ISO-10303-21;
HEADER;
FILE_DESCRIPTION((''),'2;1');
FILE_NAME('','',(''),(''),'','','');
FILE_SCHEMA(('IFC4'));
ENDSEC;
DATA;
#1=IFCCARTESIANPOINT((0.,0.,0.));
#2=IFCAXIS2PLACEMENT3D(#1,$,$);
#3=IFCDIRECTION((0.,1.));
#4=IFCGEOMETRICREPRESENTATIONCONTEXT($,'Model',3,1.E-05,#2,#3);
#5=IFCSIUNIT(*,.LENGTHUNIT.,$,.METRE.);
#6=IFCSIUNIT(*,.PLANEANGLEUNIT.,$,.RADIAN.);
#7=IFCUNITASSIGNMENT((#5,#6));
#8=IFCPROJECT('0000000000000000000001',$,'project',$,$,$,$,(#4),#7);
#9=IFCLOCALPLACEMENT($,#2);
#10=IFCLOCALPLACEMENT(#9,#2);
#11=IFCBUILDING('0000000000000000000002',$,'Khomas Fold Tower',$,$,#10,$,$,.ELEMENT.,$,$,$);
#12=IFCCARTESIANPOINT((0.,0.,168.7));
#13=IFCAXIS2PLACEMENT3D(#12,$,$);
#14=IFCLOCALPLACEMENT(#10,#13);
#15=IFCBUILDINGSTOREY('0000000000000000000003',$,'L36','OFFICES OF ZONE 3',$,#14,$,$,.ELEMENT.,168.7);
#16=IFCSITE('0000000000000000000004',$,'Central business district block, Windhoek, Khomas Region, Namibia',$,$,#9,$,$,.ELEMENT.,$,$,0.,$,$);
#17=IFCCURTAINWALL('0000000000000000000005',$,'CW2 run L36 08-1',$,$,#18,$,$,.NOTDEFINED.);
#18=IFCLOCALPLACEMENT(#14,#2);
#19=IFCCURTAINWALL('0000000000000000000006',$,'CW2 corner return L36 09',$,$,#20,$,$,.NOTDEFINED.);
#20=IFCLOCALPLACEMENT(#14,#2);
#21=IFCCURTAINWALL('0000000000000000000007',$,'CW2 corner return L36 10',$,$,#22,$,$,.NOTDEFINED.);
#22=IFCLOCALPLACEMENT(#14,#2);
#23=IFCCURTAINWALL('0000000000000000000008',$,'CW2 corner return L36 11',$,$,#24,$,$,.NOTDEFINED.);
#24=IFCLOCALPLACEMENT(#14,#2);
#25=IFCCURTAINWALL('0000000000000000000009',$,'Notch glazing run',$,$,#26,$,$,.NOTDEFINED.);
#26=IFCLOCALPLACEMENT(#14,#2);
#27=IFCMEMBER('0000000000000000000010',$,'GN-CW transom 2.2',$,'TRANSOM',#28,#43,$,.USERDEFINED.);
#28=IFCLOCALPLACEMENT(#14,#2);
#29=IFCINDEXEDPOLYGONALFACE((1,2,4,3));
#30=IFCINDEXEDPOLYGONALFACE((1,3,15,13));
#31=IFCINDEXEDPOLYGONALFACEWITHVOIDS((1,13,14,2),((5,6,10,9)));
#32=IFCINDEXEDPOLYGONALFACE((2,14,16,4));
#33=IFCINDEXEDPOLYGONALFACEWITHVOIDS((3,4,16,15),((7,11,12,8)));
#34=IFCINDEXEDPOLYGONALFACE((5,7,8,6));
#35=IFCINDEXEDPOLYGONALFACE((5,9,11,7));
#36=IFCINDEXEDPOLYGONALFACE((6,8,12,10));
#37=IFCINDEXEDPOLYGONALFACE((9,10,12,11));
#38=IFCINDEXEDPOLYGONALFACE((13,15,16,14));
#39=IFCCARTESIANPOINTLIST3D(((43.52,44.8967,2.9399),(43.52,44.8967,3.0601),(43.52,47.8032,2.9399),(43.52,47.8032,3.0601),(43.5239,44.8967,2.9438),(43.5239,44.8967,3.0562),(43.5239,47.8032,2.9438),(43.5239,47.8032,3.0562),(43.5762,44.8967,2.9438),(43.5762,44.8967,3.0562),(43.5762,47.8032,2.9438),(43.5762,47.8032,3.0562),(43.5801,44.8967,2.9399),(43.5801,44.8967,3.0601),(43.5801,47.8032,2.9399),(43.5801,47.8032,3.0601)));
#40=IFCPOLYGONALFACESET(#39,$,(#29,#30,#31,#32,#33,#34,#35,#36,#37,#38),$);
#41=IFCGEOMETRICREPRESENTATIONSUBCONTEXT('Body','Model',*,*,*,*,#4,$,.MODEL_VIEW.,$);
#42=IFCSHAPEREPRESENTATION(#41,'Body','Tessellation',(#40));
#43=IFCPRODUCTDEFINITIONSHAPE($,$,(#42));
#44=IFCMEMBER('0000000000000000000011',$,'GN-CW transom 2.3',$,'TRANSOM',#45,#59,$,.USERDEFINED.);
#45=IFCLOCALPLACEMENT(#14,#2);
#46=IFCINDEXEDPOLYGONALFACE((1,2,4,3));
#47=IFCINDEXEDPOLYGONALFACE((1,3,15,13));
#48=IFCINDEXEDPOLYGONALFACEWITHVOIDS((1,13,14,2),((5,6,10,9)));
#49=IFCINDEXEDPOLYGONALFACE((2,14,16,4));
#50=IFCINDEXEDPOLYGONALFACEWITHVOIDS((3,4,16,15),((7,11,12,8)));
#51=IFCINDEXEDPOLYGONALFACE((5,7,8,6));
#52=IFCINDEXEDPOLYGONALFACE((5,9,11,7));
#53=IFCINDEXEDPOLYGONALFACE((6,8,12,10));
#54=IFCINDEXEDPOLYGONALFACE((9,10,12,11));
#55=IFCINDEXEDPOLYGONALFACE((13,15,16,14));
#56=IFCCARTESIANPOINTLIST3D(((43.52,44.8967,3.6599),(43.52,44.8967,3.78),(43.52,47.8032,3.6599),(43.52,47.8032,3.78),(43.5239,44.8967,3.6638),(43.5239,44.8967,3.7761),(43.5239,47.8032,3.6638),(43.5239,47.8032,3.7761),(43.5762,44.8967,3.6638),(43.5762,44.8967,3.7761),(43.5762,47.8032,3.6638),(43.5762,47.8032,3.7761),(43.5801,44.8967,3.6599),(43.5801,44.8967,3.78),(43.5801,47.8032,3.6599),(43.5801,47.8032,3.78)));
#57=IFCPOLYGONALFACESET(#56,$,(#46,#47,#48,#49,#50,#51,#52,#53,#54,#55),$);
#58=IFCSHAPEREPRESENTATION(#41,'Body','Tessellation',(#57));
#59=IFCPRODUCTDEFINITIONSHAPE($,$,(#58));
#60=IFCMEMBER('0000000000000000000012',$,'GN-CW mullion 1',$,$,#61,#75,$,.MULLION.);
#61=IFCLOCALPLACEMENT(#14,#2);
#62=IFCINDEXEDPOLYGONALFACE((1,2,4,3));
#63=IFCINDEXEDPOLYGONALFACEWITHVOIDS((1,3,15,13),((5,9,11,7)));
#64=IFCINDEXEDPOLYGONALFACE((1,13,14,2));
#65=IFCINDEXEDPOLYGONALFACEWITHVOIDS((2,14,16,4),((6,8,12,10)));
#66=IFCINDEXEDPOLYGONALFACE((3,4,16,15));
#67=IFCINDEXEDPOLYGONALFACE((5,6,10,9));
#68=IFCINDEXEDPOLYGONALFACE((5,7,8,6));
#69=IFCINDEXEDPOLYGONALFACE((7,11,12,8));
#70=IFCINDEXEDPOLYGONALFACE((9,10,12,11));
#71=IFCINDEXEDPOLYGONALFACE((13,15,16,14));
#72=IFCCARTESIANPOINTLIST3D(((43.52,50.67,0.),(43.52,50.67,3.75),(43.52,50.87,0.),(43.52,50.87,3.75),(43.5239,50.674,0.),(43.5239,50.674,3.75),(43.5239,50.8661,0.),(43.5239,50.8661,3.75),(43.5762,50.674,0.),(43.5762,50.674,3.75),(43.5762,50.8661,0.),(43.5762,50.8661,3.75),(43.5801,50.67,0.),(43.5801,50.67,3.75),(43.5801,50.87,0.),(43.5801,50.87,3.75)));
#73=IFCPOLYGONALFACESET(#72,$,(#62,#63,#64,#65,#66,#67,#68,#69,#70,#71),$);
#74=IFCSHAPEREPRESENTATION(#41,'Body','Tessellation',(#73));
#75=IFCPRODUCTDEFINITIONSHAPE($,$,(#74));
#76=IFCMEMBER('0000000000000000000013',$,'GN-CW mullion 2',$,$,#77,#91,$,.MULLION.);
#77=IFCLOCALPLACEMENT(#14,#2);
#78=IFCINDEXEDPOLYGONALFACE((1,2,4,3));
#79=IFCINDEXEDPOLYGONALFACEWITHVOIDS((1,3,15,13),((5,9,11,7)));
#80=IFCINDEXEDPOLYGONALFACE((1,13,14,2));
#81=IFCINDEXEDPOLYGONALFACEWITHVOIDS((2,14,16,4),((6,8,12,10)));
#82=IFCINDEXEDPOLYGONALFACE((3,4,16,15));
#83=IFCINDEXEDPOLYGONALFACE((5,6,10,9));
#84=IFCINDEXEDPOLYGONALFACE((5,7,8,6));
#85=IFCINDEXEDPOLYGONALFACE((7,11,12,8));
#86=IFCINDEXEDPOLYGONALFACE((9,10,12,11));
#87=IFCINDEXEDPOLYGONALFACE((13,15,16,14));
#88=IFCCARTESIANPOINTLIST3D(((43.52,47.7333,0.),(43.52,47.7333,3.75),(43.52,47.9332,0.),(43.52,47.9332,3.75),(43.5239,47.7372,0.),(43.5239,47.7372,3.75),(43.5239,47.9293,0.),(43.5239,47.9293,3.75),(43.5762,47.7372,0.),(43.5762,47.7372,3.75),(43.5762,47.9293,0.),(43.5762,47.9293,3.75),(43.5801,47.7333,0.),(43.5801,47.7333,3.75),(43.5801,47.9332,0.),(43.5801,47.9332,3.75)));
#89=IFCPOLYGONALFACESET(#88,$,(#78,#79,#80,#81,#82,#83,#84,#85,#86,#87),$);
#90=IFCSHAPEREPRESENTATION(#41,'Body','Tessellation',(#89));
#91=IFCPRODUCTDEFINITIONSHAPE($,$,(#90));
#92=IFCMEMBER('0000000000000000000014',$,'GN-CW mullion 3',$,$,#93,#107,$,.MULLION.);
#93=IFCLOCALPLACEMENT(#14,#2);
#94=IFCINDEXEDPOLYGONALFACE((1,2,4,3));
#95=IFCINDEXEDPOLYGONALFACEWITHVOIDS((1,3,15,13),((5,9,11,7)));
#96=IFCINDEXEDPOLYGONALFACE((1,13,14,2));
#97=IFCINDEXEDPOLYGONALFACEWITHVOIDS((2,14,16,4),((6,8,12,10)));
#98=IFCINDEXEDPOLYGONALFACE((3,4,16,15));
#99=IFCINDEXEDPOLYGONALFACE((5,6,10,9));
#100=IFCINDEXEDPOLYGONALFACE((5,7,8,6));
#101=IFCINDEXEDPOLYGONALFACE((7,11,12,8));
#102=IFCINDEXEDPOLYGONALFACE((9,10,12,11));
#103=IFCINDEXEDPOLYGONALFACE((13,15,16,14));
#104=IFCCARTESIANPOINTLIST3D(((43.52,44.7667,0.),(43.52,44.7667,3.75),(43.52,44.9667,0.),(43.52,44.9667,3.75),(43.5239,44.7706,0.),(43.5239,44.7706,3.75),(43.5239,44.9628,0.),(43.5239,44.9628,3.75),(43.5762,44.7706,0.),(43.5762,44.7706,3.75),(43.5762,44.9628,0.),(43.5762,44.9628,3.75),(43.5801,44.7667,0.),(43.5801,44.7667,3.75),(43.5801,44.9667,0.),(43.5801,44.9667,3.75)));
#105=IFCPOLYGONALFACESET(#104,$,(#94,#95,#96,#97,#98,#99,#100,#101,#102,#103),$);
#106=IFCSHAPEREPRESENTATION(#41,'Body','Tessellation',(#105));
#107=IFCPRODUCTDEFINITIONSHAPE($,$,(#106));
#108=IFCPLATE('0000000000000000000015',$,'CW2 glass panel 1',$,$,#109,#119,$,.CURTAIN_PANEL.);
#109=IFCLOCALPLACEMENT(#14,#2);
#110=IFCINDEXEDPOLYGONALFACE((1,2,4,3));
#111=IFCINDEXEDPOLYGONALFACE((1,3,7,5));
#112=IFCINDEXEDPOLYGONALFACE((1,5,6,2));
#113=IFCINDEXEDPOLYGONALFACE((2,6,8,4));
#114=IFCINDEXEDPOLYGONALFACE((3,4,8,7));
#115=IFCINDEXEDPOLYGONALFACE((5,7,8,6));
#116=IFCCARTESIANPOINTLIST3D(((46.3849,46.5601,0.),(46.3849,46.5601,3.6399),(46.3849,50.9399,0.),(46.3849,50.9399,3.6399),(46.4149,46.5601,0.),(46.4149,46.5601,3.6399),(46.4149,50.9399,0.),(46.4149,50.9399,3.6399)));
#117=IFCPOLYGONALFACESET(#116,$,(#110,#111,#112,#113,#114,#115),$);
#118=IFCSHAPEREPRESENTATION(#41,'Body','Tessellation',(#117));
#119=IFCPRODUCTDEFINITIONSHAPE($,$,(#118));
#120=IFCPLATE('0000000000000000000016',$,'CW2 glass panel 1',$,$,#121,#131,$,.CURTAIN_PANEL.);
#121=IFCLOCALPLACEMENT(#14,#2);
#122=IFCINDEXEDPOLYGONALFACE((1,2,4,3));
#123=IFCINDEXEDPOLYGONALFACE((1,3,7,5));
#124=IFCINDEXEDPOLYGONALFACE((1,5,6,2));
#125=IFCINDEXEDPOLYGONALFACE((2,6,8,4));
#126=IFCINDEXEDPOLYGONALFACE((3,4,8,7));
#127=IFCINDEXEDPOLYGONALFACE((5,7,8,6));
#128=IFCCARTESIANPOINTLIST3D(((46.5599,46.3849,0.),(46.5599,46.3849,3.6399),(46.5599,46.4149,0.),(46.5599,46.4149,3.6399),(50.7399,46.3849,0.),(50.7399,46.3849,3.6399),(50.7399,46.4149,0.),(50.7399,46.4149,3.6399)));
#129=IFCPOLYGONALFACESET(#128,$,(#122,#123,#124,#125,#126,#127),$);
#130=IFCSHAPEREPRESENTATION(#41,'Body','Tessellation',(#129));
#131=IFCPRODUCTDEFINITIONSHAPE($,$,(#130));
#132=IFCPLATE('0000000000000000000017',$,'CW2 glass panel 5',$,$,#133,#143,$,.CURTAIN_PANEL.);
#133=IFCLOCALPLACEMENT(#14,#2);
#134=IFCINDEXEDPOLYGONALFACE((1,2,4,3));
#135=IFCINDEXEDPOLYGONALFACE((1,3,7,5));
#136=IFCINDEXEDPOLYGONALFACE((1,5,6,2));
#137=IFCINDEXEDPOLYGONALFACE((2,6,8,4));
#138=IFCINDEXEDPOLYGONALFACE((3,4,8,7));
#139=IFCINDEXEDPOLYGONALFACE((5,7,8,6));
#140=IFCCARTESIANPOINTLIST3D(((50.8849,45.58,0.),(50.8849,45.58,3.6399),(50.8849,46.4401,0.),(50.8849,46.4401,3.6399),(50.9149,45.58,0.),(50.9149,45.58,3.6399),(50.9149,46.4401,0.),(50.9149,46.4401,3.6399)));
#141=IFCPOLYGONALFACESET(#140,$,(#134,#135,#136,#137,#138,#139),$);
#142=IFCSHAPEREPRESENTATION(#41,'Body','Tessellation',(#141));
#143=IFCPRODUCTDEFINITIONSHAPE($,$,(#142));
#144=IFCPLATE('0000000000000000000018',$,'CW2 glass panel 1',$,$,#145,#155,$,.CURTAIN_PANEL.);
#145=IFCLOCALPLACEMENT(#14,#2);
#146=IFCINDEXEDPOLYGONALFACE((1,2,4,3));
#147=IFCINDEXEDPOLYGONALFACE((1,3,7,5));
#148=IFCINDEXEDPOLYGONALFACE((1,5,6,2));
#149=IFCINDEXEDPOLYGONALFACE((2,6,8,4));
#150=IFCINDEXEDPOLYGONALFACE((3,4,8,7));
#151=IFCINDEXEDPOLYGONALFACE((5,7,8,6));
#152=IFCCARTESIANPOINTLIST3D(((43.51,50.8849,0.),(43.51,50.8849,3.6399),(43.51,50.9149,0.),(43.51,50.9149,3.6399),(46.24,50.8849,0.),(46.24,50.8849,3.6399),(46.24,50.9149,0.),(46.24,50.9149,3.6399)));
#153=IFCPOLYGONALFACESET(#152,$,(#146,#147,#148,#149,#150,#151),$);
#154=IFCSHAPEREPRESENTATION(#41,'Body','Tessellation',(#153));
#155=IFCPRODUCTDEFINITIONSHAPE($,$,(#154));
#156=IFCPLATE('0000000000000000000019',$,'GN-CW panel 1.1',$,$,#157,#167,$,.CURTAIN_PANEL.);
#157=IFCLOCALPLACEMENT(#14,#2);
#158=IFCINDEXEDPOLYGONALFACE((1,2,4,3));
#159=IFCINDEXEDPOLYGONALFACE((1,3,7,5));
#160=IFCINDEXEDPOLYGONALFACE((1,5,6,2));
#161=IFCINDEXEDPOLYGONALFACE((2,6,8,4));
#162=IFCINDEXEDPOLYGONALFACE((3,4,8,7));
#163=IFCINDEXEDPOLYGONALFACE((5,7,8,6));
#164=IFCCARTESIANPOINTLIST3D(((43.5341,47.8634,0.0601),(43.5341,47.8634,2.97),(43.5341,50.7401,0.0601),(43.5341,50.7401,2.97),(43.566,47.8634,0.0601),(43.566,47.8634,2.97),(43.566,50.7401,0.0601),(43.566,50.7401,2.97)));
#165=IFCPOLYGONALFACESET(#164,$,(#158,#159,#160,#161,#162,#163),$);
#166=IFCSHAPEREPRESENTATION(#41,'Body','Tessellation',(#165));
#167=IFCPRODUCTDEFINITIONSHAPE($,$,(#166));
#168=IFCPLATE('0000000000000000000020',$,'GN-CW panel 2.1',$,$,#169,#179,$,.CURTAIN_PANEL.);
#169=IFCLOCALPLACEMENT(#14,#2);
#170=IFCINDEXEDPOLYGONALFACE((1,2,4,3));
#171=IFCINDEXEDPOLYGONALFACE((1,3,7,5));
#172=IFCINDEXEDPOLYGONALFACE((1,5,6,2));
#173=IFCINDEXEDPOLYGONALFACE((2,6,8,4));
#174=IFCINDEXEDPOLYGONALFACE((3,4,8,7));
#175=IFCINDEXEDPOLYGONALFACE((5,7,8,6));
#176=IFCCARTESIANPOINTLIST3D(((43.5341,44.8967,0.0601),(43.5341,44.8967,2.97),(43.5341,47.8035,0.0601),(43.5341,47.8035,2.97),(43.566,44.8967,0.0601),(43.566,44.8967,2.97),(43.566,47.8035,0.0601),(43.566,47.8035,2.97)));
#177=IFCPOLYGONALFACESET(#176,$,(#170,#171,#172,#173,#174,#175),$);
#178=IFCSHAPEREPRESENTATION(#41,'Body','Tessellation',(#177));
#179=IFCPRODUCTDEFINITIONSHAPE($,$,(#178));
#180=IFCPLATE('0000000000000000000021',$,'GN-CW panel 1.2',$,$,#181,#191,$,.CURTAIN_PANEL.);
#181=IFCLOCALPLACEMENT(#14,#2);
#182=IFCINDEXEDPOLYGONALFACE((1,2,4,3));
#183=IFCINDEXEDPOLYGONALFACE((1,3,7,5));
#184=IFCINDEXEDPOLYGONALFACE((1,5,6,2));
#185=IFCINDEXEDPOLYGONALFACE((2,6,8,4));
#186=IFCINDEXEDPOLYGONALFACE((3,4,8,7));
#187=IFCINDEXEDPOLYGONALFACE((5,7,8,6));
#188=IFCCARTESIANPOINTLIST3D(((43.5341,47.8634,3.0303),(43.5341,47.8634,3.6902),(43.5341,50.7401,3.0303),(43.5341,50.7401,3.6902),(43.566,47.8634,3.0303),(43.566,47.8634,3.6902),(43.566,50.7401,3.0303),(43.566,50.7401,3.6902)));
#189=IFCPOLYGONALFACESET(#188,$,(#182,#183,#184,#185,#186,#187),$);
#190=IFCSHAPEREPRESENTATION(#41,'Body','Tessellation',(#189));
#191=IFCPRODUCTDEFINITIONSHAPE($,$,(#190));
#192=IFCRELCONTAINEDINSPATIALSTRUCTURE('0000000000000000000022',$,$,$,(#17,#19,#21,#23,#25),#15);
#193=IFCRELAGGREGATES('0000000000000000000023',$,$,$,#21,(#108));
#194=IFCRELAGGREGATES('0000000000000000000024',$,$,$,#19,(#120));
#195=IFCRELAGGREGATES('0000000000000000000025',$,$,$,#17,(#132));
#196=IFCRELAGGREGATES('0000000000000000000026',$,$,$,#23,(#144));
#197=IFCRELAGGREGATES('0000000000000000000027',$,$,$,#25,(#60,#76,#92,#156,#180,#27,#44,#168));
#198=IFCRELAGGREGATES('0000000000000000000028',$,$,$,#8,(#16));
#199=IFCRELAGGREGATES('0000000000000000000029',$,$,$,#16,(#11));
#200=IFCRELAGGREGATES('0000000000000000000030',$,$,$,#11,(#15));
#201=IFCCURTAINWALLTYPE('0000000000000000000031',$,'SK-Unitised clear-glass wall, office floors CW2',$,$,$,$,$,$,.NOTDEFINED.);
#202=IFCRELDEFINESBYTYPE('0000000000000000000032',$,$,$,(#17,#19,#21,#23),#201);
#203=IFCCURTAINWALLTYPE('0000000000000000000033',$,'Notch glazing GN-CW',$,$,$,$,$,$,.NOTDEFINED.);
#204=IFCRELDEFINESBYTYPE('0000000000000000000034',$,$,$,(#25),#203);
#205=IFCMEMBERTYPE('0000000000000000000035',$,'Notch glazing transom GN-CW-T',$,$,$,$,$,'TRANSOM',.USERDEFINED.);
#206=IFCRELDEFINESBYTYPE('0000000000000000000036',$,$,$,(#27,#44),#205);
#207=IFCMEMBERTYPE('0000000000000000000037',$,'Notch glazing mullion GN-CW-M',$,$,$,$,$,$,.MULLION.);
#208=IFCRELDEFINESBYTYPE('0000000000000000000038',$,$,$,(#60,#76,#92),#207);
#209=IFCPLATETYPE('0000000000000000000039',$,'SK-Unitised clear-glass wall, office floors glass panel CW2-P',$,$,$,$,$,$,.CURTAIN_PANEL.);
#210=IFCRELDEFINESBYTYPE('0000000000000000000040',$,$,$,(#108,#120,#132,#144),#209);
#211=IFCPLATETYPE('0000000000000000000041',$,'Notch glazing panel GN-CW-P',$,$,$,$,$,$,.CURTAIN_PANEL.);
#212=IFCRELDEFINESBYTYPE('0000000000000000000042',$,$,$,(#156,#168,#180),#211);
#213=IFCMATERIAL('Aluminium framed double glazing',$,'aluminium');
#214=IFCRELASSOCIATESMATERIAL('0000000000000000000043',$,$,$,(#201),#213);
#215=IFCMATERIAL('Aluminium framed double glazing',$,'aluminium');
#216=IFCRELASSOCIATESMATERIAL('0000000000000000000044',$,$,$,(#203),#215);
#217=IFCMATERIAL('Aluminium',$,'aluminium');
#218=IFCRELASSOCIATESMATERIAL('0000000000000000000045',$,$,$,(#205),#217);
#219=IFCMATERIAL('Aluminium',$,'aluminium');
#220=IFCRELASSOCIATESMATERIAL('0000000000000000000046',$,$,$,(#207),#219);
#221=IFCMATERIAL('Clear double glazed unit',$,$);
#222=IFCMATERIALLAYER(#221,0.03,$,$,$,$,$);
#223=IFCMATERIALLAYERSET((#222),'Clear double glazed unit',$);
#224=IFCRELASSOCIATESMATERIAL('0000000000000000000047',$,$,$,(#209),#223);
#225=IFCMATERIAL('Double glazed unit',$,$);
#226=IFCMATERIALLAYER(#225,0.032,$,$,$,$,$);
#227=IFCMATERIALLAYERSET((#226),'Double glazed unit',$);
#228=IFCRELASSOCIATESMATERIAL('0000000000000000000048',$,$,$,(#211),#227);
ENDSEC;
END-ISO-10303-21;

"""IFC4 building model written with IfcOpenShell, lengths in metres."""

from ifc_helpers import new_model, si_unit, direction, frame, origin, origin_2d, place, context, subcontext, project, spatial, rectangle, hollow_rectangle, extrude, source, transform, mapped, material, layer, layer_set, material_profile, profile_set, type_object, element, aggregate, save


model = new_model("IFC4")

# Units and contexts
model_context = context("Model", 3, precision=1e-05, world=origin(), true_north=direction((0.0, 1.0)))
body_context = subcontext(model_context, "Body", "Model", "MODEL_VIEW")
ifc_project = project(units=[si_unit("LENGTHUNIT", "METRE"), si_unit("PLANEANGLEUNIT", "RADIAN")], contexts=[model_context])

# Site, building, storey
site_placement = place(None, origin())
site = spatial("IfcSite", under=ifc_project, at=site_placement, Name="Central business district block, Windhoek, Khomas Region, Namibia", CompositionType="ELEMENT", RefElevation=0.0)
building_placement = place(site_placement, origin())
building = spatial("IfcBuilding", under=site, at=building_placement, Name="Khomas Fold Tower", CompositionType="ELEMENT")
storey_placement = place(building_placement, frame((0.0, 0.0, 168.7)))
storey = spatial("IfcBuildingStorey", under=building, at=storey_placement, Name="L36", Description="OFFICES OF ZONE 3", CompositionType="ELEMENT", Elevation=168.7)

# Curtain walls
ifc_material_1 = material(Name="Aluminium framed double glazing", Category="aluminium")
curtain_wall_type_1 = type_object("IfcCurtainWallType", Name="SK-Unitised clear-glass wall, office floors CW2", PredefinedType="NOTDEFINED", material=ifc_material_1)
curtain_wall_1_placement = place(storey_placement, origin())
curtain_wall_1 = element("IfcCurtainWall", 1, at=curtain_wall_1_placement, inside=storey, type_object=curtain_wall_type_1, Name="CW2 run L36 08-1", PredefinedType="NOTDEFINED")
curtain_wall_2_placement = place(storey_placement, origin())
curtain_wall_2 = element("IfcCurtainWall", 2, at=curtain_wall_2_placement, inside=storey, type_object=curtain_wall_type_1, Name="CW2 corner return L36 09", PredefinedType="NOTDEFINED")
curtain_wall_3_placement = place(storey_placement, origin())
curtain_wall_3 = element("IfcCurtainWall", 3, at=curtain_wall_3_placement, inside=storey, type_object=curtain_wall_type_1, Name="CW2 corner return L36 10", PredefinedType="NOTDEFINED")

# Curtain wall
curtain_wall_4_placement = place(storey_placement, origin())
curtain_wall_4 = element("IfcCurtainWall", 4, at=curtain_wall_4_placement, inside=storey, type_object=curtain_wall_type_1, Name="CW2 corner return L36 11", PredefinedType="NOTDEFINED")

# Curtain wall, members
ifc_material_2 = material(Name="Aluminium framed double glazing", Category="aluminium")
curtain_wall_type_2 = type_object("IfcCurtainWallType", Name="Notch glazing GN-CW", PredefinedType="NOTDEFINED", material=ifc_material_2)
curtain_wall_5_placement = place(storey_placement, origin())
curtain_wall_5 = element("IfcCurtainWall", 5, at=curtain_wall_5_placement, inside=storey, type_object=curtain_wall_type_2, Name="Notch glazing run", PredefinedType="NOTDEFINED")
ifc_material_3 = material(Name="Aluminium", Category="aluminium")
ifc_material_profile_1 = material_profile(ifc_material_3, hollow_rectangle(XDim=0.0601, YDim=0.1201, WallThickness=0.0039, at=origin_2d()), Name="Notch glazing transom GN-CW-T")
ifc_profile_set_1 = profile_set([ifc_material_profile_1], Name="Aluminium")
member_type_1 = type_object("IfcMemberType", Name="Notch glazing transom GN-CW-T", ElementType="TRANSOM", PredefinedType="USERDEFINED", material=ifc_profile_set_1)
shared_shape_1 = source(origin(), body_context, "Body", "SweptSolid", [
    extrude(hollow_rectangle(XDim=0.0601, YDim=0.1201, WallThickness=0.0039, at=origin_2d()), origin(), (0.0, 0.0, 1.0), 2.9065),
])
member_1_placement = place(storey_placement, frame((43.55, 47.8032, 3.0), z_axis=(0.0, -1.0, 0.0), x_axis=(1.0, 0.0, 0.0)))
member_1 = element("IfcMember", 6, at=member_1_placement, type_object=member_type_1, Name="GN-CW transom 2.2", ObjectType="TRANSOM", PredefinedType="USERDEFINED", context=body_context, shape_type="MappedRepresentation", body=[
    mapped(shared_shape_1, transform((0.0, 0.0, 0.0))),
])
member_2_placement = place(storey_placement, frame((43.55, 47.8032, 3.72), z_axis=(0.0, -1.0, 0.0), x_axis=(1.0, 0.0, 0.0)))
member_2 = element("IfcMember", 7, at=member_2_placement, type_object=member_type_1, Name="GN-CW transom 2.3", ObjectType="TRANSOM", PredefinedType="USERDEFINED", context=body_context, shape_type="MappedRepresentation", body=[
    mapped(shared_shape_1, transform((0.0, 0.0, 0.0))),
])
ifc_material_4 = material(Name="Aluminium", Category="aluminium")
ifc_material_profile_2 = material_profile(ifc_material_4, hollow_rectangle(XDim=0.0601, YDim=0.2, WallThickness=0.0039, at=origin_2d()), Name="Notch glazing mullion GN-CW-M")
ifc_profile_set_2 = profile_set([ifc_material_profile_2], Name="Aluminium")
member_type_2 = type_object("IfcMemberType", Name="Notch glazing mullion GN-CW-M", PredefinedType="MULLION", material=ifc_profile_set_2)
shared_shape_2 = source(origin(), body_context, "Body", "SweptSolid", [
    extrude(hollow_rectangle(XDim=0.0601, YDim=0.2, WallThickness=0.0039, at=origin_2d()), origin(), (0.0, 0.0, 1.0), 3.75),
])
member_3_placement = place(storey_placement, frame((43.55, 50.77, 0.0), z_axis=(0.0, 0.0, 1.0), x_axis=(1.0, 0.0, 0.0)))
member_3 = element("IfcMember", 8, at=member_3_placement, type_object=member_type_2, Name="GN-CW mullion 1", PredefinedType="MULLION", context=body_context, shape_type="MappedRepresentation", body=[
    mapped(shared_shape_2, transform((0.0, 0.0, 0.0))),
])
member_4_placement = place(storey_placement, frame((43.55, 47.8333, 0.0), z_axis=(0.0, 0.0, 1.0), x_axis=(1.0, 0.0, 0.0)))
member_4 = element("IfcMember", 9, at=member_4_placement, type_object=member_type_2, Name="GN-CW mullion 2", PredefinedType="MULLION", context=body_context, shape_type="MappedRepresentation", body=[
    mapped(shared_shape_2, transform((0.0, 0.0, 0.0))),
])
member_5_placement = place(storey_placement, frame((43.55, 44.8667, 0.0), z_axis=(0.0, 0.0, 1.0), x_axis=(1.0, 0.0, 0.0)))
member_5 = element("IfcMember", 10, at=member_5_placement, type_object=member_type_2, Name="GN-CW mullion 3", PredefinedType="MULLION", context=body_context, shape_type="MappedRepresentation", body=[
    mapped(shared_shape_2, transform((0.0, 0.0, 0.0))),
])

# Plates
ifc_material_5 = material(Name="Clear double glazed unit")
ifc_layer_1 = layer(ifc_material_5, 0.03)
ifc_layer_set_1 = layer_set([ifc_layer_1], Name="Clear double glazed unit")
plate_type_1 = type_object("IfcPlateType", Name="SK-Unitised clear-glass wall, office floors glass panel CW2-P", PredefinedType="CURTAIN_PANEL", material=ifc_layer_set_1)
shared_shape_3 = source(origin(), body_context, "Body", "SweptSolid", [
    extrude(rectangle(XDim=4.3799, YDim=0.03, at=origin_2d()), origin(), (0.0, 0.0, 1.0), 3.6399),
])
plate_1_placement = place(storey_placement, frame((46.3999, 48.75, 0.0), z_axis=(0.0, 0.0, 1.0), x_axis=(0.0, 1.0, 0.0)))
plate_1 = element("IfcPlate", 11, at=plate_1_placement, type_object=plate_type_1, Name="CW2 glass panel 1", PredefinedType="CURTAIN_PANEL", context=body_context, shape_type="MappedRepresentation", body=[
    mapped(shared_shape_3, transform((0.0, 0.0, 0.0))),
])
aggregate(curtain_wall_3, [plate_1])
shared_shape_4 = source(origin(), body_context, "Body", "SweptSolid", [
    extrude(rectangle(XDim=4.1799, YDim=0.03, at=origin_2d()), origin(), (0.0, 0.0, 1.0), 3.6399),
])
plate_2_placement = place(storey_placement, frame((48.6499, 46.3999, 0.0), z_axis=(0.0, 0.0, 1.0), x_axis=(-1.0, 0.0, 0.0)))
plate_2 = element("IfcPlate", 12, at=plate_2_placement, type_object=plate_type_1, Name="CW2 glass panel 1", PredefinedType="CURTAIN_PANEL", context=body_context, shape_type="MappedRepresentation", body=[
    mapped(shared_shape_4, transform((0.0, 0.0, 0.0))),
])
aggregate(curtain_wall_2, [plate_2])
shared_shape_5 = source(origin(), body_context, "Body", "SweptSolid", [
    extrude(rectangle(XDim=0.8601, YDim=0.03, at=origin_2d()), origin(), (0.0, 0.0, 1.0), 3.6399),
])
plate_3_placement = place(storey_placement, frame((50.8999, 46.01, 0.0), z_axis=(0.0, 0.0, 1.0), x_axis=(0.0, 1.0, 0.0)))
plate_3 = element("IfcPlate", 13, at=plate_3_placement, type_object=plate_type_1, Name="CW2 glass panel 5", PredefinedType="CURTAIN_PANEL", context=body_context, shape_type="MappedRepresentation", body=[
    mapped(shared_shape_5, transform((0.0, 0.0, 0.0))),
])
aggregate(curtain_wall_1, [plate_3])
shared_shape_6 = source(origin(), body_context, "Body", "SweptSolid", [
    extrude(rectangle(XDim=2.73, YDim=0.03, at=origin_2d()), origin(), (0.0, 0.0, 1.0), 3.6399),
])
plate_4_placement = place(storey_placement, frame((44.875, 50.8999, 0.0), z_axis=(0.0, 0.0, 1.0), x_axis=(-1.0, 0.0, 0.0)))
plate_4 = element("IfcPlate", 14, at=plate_4_placement, type_object=plate_type_1, Name="CW2 glass panel 1", PredefinedType="CURTAIN_PANEL", context=body_context, shape_type="MappedRepresentation", body=[
    mapped(shared_shape_6, transform((0.0, 0.0, 0.0))),
])
aggregate(curtain_wall_4, [plate_4])
ifc_material_6 = material(Name="Double glazed unit")
ifc_layer_2 = layer(ifc_material_6, 0.032)
ifc_layer_set_2 = layer_set([ifc_layer_2], Name="Double glazed unit")
plate_type_2 = type_object("IfcPlateType", Name="Notch glazing panel GN-CW-P", PredefinedType="CURTAIN_PANEL", material=ifc_layer_set_2)
shared_shape_7 = source(origin(), body_context, "Body", "SweptSolid", [
    extrude(rectangle(XDim=2.8767, YDim=0.032, at=origin_2d()), origin(), (0.0, 0.0, 1.0), 2.9099),
])
plate_5_placement = place(storey_placement, frame((43.55, 49.3018, 0.0601), z_axis=(0.0, 0.0, 1.0), x_axis=(0.0, -1.0, 0.0)))
plate_5 = element("IfcPlate", 15, at=plate_5_placement, type_object=plate_type_2, Name="GN-CW panel 1.1", PredefinedType="CURTAIN_PANEL", context=body_context, shape_type="MappedRepresentation", body=[
    mapped(shared_shape_7, transform((0.0, 0.0, 0.0))),
])
shared_shape_8 = source(origin(), body_context, "Body", "SweptSolid", [
    extrude(rectangle(XDim=2.9067, YDim=0.032, at=origin_2d()), origin(), (0.0, 0.0, 1.0), 2.9099),
])
plate_6_placement = place(storey_placement, frame((43.55, 46.3501, 0.0601), z_axis=(0.0, 0.0, 1.0), x_axis=(0.0, -1.0, 0.0)))
plate_6 = element("IfcPlate", 16, at=plate_6_placement, type_object=plate_type_2, Name="GN-CW panel 2.1", PredefinedType="CURTAIN_PANEL", context=body_context, shape_type="MappedRepresentation", body=[
    mapped(shared_shape_8, transform((0.0, 0.0, 0.0))),
])
shared_shape_9 = source(origin(), body_context, "Body", "SweptSolid", [
    extrude(rectangle(XDim=2.8767, YDim=0.032, at=origin_2d()), origin(), (0.0, 0.0, 1.0), 0.6599),
])
plate_7_placement = place(storey_placement, frame((43.55, 49.3018, 3.0303), z_axis=(0.0, 0.0, 1.0), x_axis=(0.0, -1.0, 0.0)))
plate_7 = element("IfcPlate", 17, at=plate_7_placement, type_object=plate_type_2, Name="GN-CW panel 1.2", PredefinedType="CURTAIN_PANEL", context=body_context, shape_type="MappedRepresentation", body=[
    mapped(shared_shape_9, transform((0.0, 0.0, 0.0))),
])
aggregate(curtain_wall_5, [member_3, member_4, member_5, plate_5, plate_7, member_1, member_2, plate_6])

save(model, "model.ifc")
